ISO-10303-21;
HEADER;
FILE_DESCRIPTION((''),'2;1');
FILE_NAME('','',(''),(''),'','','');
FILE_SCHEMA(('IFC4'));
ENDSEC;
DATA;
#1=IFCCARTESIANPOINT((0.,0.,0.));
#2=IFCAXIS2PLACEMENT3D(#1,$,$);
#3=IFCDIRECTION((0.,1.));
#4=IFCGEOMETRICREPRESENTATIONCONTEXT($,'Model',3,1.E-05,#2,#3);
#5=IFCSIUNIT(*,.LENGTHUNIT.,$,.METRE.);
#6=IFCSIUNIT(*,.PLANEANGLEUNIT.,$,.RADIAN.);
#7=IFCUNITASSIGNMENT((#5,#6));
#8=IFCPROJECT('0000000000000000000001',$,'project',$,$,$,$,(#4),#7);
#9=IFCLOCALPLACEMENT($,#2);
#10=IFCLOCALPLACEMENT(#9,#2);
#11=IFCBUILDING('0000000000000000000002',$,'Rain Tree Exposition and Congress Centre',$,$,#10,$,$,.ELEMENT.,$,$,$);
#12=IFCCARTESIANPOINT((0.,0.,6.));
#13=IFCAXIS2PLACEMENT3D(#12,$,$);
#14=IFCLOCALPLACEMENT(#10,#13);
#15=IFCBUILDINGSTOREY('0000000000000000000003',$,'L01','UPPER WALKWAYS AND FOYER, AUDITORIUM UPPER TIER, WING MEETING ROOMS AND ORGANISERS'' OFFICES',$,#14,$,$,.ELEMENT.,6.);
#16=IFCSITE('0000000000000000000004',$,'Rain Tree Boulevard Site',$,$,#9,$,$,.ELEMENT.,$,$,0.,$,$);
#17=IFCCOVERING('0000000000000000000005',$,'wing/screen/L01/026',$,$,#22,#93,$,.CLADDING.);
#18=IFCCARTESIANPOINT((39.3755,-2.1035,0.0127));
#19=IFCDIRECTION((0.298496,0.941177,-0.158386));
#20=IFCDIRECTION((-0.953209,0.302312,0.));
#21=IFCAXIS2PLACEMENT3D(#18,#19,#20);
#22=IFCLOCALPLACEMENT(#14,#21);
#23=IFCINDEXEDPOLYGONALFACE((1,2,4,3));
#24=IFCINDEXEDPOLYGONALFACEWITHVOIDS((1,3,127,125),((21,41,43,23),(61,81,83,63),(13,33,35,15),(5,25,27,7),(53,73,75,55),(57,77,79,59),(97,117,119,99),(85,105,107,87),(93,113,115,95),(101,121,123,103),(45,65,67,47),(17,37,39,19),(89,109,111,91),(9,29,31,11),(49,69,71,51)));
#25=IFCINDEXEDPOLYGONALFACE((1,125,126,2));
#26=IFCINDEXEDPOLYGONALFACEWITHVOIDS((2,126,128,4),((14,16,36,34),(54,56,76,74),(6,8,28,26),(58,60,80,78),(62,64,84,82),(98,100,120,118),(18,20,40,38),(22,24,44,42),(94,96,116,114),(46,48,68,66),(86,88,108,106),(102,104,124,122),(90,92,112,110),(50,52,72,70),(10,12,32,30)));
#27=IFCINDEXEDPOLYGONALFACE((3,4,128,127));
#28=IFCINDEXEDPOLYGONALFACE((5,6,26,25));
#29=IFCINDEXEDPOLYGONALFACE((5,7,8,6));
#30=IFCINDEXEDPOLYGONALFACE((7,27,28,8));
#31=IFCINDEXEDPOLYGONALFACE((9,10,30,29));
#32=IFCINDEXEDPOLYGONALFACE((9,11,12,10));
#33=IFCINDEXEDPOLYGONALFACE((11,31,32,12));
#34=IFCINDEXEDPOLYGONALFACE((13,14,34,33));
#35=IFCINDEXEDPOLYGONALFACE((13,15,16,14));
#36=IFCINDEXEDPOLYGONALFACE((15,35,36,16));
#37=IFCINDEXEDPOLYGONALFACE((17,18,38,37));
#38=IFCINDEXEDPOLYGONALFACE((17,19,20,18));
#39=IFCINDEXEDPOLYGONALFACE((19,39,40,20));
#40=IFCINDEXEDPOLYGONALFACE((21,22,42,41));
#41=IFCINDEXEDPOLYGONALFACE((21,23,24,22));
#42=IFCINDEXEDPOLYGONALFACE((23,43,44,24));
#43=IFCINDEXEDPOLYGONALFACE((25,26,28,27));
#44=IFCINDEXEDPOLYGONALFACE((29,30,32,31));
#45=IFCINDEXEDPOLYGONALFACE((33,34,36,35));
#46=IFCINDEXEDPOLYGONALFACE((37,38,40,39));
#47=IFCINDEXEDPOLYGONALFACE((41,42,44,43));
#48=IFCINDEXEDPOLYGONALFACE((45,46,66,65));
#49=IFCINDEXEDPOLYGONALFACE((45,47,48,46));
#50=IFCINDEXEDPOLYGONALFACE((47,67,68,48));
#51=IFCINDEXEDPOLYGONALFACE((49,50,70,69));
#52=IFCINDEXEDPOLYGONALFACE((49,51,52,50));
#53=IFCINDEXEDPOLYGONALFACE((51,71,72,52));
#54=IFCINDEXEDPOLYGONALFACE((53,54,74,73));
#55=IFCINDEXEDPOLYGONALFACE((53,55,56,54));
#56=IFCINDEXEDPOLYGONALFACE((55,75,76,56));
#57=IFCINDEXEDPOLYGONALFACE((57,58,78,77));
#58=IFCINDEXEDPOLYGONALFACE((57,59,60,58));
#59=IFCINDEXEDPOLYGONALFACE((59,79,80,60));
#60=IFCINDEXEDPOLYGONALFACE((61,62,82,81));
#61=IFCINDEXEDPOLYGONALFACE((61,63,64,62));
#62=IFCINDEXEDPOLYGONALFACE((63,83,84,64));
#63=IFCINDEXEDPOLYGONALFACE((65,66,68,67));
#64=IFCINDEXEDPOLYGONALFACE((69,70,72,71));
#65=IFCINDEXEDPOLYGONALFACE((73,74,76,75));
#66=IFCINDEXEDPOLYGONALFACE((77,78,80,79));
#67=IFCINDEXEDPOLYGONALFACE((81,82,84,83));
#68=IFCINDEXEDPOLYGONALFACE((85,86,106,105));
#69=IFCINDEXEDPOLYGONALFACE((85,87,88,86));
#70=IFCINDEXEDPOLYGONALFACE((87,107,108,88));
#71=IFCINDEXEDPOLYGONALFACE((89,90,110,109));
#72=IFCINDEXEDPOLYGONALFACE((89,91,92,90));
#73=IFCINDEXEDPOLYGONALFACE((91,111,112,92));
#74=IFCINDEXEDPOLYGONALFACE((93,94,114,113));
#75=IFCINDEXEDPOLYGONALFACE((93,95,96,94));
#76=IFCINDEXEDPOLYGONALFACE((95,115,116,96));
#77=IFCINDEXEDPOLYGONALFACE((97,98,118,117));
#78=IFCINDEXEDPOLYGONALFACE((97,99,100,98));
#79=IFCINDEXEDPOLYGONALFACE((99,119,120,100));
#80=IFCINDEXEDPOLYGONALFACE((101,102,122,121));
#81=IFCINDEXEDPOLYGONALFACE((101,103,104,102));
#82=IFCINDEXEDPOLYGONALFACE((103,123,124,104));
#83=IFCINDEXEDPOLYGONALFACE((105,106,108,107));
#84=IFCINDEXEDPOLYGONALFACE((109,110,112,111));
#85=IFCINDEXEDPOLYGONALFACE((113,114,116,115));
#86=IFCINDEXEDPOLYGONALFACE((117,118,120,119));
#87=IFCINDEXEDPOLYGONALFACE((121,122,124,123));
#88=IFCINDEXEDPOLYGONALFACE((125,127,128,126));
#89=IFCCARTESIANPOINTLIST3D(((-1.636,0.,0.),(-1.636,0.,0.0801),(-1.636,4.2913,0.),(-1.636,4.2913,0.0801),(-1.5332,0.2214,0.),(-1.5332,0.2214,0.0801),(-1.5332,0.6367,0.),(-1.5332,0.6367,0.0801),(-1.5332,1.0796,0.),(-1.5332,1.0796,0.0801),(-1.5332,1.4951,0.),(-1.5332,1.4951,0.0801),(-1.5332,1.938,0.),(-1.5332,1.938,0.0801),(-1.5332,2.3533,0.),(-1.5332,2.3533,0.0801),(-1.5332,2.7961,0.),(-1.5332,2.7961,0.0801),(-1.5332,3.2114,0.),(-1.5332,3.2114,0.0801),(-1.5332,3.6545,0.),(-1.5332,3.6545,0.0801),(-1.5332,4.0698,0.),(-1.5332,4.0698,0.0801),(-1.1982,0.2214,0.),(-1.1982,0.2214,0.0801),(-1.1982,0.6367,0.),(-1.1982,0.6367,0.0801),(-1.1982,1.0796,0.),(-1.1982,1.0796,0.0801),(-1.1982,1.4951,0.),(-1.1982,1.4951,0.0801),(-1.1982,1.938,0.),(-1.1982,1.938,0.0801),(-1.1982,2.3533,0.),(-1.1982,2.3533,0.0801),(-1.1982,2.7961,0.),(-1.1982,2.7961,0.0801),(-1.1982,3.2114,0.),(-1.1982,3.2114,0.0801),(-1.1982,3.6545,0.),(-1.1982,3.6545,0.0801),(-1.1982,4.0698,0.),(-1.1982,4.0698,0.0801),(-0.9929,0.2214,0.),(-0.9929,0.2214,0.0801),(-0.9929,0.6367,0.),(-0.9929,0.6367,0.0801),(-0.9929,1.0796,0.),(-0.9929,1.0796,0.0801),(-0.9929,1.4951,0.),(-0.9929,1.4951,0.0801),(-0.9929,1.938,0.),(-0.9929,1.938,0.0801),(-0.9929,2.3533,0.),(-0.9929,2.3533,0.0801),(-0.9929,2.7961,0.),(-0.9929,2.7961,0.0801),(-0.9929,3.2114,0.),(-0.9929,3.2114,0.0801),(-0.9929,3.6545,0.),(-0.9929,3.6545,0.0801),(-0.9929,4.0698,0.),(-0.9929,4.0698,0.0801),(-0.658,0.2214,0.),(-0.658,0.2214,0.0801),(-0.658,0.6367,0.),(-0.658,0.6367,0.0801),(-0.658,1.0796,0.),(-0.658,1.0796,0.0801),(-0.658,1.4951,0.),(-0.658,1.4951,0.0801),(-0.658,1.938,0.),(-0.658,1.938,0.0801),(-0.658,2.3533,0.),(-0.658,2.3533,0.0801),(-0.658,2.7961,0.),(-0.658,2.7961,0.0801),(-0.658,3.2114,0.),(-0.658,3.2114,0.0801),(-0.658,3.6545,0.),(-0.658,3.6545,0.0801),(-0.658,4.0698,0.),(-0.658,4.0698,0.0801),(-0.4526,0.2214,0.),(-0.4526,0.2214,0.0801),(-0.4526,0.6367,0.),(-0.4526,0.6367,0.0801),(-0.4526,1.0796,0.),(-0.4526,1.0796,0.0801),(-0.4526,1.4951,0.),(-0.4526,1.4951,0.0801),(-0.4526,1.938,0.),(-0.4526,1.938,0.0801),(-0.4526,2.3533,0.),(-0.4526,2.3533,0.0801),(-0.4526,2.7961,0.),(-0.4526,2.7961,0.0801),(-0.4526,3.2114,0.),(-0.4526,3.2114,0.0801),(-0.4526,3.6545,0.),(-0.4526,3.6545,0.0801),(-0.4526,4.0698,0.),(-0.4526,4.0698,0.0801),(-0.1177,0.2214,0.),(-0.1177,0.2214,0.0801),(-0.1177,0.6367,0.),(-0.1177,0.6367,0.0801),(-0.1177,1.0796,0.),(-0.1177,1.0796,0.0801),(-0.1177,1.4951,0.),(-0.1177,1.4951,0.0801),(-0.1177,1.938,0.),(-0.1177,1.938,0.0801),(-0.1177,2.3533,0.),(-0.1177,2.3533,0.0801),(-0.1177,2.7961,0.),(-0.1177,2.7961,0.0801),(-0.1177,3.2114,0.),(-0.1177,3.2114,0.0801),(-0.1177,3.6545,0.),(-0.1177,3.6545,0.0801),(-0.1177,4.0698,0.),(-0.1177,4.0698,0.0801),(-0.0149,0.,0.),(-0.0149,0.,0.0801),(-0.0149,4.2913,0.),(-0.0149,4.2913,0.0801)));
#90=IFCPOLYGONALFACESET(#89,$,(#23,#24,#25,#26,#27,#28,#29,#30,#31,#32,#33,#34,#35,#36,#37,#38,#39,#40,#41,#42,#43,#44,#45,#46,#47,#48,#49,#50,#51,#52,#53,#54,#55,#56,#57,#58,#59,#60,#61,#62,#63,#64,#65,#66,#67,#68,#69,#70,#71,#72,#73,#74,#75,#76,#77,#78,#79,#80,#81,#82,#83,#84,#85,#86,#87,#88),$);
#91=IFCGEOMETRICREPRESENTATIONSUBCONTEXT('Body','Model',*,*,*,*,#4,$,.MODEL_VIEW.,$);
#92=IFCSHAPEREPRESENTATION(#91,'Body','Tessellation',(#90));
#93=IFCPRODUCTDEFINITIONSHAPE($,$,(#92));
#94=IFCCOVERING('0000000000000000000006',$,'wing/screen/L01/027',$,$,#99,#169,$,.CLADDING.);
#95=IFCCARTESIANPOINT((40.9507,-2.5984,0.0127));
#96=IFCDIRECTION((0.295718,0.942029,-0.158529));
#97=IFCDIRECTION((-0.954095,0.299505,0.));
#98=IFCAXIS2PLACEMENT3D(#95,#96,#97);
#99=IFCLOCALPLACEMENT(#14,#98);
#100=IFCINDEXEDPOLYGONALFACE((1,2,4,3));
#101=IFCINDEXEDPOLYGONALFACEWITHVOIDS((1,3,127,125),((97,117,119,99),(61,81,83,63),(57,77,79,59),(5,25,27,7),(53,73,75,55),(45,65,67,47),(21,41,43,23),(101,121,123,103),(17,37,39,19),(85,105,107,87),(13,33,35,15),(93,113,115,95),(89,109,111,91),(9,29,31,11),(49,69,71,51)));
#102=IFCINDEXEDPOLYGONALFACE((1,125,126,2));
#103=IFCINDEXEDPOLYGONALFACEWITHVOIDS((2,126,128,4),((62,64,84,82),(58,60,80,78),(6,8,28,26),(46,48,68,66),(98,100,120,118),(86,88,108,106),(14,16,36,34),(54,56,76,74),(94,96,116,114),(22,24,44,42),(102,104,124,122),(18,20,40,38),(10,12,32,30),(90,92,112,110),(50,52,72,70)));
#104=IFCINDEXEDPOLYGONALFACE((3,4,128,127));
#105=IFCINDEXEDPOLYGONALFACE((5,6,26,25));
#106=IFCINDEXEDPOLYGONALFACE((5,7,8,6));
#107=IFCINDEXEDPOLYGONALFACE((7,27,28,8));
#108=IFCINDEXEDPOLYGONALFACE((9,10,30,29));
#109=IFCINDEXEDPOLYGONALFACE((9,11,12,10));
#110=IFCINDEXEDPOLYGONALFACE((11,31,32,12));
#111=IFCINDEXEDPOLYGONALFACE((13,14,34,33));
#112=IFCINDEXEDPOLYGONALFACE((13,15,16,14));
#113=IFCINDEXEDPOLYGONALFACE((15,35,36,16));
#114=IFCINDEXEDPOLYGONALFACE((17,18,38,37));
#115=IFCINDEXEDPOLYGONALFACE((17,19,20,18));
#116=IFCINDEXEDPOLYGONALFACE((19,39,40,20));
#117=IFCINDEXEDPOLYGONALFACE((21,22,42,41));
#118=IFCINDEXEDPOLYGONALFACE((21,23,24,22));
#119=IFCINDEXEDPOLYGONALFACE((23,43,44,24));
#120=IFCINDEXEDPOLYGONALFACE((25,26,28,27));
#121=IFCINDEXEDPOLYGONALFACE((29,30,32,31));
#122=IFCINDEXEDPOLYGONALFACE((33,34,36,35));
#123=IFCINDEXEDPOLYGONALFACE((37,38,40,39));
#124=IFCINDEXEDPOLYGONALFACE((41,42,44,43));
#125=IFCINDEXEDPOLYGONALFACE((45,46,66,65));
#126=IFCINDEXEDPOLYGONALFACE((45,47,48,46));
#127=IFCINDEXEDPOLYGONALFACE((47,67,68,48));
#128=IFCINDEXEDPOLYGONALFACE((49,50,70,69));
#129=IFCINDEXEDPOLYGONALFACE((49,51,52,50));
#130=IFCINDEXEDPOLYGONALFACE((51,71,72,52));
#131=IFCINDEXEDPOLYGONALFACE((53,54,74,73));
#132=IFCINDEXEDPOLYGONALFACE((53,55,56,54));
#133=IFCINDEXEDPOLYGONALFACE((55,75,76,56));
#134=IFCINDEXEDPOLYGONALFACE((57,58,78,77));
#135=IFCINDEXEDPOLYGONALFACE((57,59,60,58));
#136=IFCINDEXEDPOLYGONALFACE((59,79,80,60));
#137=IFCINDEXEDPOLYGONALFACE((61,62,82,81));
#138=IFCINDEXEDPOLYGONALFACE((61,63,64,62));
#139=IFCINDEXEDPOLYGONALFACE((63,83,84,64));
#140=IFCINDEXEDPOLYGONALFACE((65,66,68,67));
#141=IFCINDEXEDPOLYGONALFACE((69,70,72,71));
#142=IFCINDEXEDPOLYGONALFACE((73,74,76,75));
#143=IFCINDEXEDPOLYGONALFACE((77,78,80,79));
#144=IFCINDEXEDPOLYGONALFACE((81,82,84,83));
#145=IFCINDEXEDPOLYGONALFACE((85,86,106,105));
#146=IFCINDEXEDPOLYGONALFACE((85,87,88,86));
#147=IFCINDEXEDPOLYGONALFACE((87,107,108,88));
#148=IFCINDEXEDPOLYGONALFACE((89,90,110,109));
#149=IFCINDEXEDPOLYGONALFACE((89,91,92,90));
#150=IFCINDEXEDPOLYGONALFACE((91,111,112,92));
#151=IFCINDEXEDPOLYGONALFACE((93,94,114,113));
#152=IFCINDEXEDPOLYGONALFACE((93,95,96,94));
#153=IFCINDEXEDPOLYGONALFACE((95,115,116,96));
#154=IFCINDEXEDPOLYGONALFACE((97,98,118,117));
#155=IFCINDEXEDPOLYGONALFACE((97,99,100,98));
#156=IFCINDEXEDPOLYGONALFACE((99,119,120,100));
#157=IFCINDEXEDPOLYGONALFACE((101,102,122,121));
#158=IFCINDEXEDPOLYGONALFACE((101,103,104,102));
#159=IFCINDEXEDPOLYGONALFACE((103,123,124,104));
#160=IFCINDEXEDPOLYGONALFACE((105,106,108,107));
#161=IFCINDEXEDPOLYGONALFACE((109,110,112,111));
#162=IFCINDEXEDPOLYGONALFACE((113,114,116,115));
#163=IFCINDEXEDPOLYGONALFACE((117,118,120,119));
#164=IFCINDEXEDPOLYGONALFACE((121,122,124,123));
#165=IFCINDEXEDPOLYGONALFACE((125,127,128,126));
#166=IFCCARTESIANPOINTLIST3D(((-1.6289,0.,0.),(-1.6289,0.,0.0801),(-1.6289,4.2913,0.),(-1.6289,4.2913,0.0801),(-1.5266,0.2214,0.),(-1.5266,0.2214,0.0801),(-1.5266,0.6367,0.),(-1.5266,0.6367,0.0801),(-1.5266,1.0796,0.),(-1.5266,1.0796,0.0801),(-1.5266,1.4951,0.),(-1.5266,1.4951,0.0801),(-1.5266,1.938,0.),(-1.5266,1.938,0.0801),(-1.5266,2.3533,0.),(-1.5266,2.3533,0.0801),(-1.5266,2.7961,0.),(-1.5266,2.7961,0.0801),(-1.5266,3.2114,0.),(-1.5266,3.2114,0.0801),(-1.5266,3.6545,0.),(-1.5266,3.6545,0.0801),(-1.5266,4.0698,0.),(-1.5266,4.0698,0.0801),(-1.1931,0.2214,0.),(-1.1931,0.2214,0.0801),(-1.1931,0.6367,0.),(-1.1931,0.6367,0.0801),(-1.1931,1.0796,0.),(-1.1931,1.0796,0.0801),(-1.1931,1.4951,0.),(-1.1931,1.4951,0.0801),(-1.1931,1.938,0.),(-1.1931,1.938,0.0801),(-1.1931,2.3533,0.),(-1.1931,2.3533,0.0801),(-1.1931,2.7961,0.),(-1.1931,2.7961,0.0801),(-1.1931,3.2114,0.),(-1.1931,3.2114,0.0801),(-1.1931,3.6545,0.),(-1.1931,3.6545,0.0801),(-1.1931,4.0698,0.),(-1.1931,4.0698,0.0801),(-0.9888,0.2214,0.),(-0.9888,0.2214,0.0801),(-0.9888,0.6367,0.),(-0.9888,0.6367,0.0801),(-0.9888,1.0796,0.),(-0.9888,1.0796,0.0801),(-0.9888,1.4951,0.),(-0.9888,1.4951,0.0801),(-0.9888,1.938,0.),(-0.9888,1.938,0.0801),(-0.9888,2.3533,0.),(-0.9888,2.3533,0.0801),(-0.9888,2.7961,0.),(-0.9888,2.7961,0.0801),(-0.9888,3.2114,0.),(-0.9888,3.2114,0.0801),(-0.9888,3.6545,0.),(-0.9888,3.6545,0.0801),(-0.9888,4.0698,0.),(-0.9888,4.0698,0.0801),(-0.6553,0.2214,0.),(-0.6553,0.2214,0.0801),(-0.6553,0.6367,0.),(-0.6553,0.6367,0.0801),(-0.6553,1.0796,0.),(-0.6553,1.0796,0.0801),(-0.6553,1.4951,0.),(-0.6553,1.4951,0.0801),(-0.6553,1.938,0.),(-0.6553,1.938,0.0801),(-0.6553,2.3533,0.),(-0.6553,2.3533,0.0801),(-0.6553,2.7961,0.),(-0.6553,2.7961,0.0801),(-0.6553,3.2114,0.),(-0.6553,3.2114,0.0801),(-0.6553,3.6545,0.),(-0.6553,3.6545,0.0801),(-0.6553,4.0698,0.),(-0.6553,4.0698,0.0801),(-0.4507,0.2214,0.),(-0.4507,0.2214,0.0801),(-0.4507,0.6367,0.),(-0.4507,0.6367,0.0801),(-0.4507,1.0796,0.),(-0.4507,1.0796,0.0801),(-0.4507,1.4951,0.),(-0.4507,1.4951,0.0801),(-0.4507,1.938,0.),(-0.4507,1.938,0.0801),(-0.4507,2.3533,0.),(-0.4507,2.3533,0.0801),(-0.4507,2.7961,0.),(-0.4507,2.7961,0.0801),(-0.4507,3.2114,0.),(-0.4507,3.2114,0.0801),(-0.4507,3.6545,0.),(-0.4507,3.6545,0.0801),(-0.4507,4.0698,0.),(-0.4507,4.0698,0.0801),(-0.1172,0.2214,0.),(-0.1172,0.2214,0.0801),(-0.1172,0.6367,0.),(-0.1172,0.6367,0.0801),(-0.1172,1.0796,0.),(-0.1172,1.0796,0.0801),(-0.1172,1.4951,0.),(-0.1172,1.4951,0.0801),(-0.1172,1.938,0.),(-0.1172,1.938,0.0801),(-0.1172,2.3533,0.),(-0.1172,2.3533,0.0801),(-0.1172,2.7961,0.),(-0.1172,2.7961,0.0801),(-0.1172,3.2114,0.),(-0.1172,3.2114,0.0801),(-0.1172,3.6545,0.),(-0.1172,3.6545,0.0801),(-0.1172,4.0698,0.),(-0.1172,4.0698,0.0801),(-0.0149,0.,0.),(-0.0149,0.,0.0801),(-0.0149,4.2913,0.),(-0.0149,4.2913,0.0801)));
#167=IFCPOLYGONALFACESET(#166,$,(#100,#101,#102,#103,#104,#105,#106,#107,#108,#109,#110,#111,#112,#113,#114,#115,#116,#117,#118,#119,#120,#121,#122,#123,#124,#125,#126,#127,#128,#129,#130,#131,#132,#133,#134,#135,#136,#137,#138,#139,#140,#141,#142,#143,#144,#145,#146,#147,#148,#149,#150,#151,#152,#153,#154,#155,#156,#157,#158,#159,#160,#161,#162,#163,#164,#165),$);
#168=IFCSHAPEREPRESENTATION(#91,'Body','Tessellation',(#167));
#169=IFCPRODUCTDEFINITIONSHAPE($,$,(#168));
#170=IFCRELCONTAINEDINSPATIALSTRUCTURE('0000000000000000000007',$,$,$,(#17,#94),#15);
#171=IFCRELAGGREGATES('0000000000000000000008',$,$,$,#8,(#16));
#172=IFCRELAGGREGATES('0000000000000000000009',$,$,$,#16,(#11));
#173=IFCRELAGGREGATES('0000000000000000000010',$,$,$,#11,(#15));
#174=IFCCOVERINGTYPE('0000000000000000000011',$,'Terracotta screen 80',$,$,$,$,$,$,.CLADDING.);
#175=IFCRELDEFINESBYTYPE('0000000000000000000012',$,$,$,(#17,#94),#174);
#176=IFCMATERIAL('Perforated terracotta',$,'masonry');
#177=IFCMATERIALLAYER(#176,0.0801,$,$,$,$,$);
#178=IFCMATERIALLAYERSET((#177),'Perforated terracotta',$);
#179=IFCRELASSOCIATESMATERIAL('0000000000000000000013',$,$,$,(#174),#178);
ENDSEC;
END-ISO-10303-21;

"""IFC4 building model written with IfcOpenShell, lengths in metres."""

from ifc_helpers import new_model, si_unit, direction, frame, origin, place, context, subcontext, project, spatial, polyline, outline, extrude, material, layer, layer_set, type_object, element, save


model = new_model("IFC4")

# Units and contexts
model_context = context("Model", 3, precision=1e-05, world=origin(), true_north=direction((0.0, 1.0)))
body_context = subcontext(model_context, "Body", "Model", "MODEL_VIEW")
ifc_project = project(units=[si_unit("LENGTHUNIT", "METRE"), si_unit("PLANEANGLEUNIT", "RADIAN")], contexts=[model_context])

# Site, building, storey
site_placement = place(None, origin())
site = spatial("IfcSite", under=ifc_project, at=site_placement, Name="Rain Tree Boulevard Site", CompositionType="ELEMENT", RefElevation=0.0)
building_placement = place(site_placement, origin())
building = spatial("IfcBuilding", under=site, at=building_placement, Name="Rain Tree Exposition and Congress Centre", CompositionType="ELEMENT")
storey_placement = place(building_placement, frame((0.0, 0.0, 6.0)))
storey = spatial("IfcBuildingStorey", under=building, at=storey_placement, Name="L01", Description="UPPER WALKWAYS AND FOYER, AUDITORIUM UPPER TIER, WING MEETING ROOMS AND ORGANISERS' OFFICES", CompositionType="ELEMENT", Elevation=6.0)

# Coverings
ifc_material_1 = material(Name="Perforated terracotta", Category="masonry")
ifc_layer_1 = layer(ifc_material_1, 0.0801)
ifc_layer_set_1 = layer_set([ifc_layer_1], Name="Perforated terracotta")
covering_type = type_object("IfcCoveringType", Name="Terracotta screen 80", PredefinedType="CLADDING", material=ifc_layer_set_1)
covering_1_placement = place(storey_placement, frame((39.3755, -2.1035, 0.0127), z_axis=(0.298496, 0.941177, -0.158386), x_axis=(-0.953209, 0.302312, 0.0)))
element("IfcCovering", 1, at=covering_1_placement, inside=storey, type_object=covering_type, Name="wing/screen/L01/026", PredefinedType="CLADDING", context=body_context, shape_type="SweptSolid", body=[
    extrude(outline(polyline([(-1.636, 0.0), (-1.636, 4.2913), (-0.0149, 4.2913), (-0.0149, 0.0), (-1.636, 0.0)]), holes=[polyline([(-0.1177, 0.2214), (-0.1177, 0.6367), (-0.4526, 0.6367), (-0.4526, 0.2214), (-0.1177, 0.2214)]), polyline([(-0.1177, 1.0796), (-0.1177, 1.4951), (-0.4526, 1.4951), (-0.4526, 1.0796), (-0.1177, 1.0796)]), polyline([(-0.1177, 1.938), (-0.1177, 2.3533), (-0.4526, 2.3533), (-0.4526, 1.938), (-0.1177, 1.938)]), polyline([(-0.1177, 2.7961), (-0.1177, 3.2114), (-0.4526, 3.2114), (-0.4526, 2.7961), (-0.1177, 2.7961)]), polyline([(-0.1177, 3.6545), (-0.1177, 4.0698), (-0.4526, 4.0698), (-0.4526, 3.6545), (-0.1177, 3.6545)]), polyline([(-0.658, 0.2214), (-0.658, 0.6367), (-0.9929, 0.6367), (-0.9929, 0.2214), (-0.658, 0.2214)]), polyline([(-0.658, 1.0796), (-0.658, 1.4951), (-0.9929, 1.4951), (-0.9929, 1.0796), (-0.658, 1.0796)]), polyline([(-0.658, 1.938), (-0.658, 2.3533), (-0.9929, 2.3533), (-0.9929, 1.938), (-0.658, 1.938)]), polyline([(-0.658, 2.7961), (-0.658, 3.2114), (-0.9929, 3.2114), (-0.9929, 2.7961), (-0.658, 2.7961)]), polyline([(-0.658, 3.6545), (-0.658, 4.0698), (-0.9929, 4.0698), (-0.9929, 3.6545), (-0.658, 3.6545)]), polyline([(-1.1982, 0.2214), (-1.1982, 0.6367), (-1.5332, 0.6367), (-1.5332, 0.2214), (-1.1982, 0.2214)]), polyline([(-1.1982, 1.0796), (-1.1982, 1.4951), (-1.5332, 1.4951), (-1.5332, 1.0796), (-1.1982, 1.0796)]), polyline([(-1.1982, 1.938), (-1.1982, 2.3533), (-1.5332, 2.3533), (-1.5332, 1.938), (-1.1982, 1.938)]), polyline([(-1.1982, 2.7961), (-1.1982, 3.2114), (-1.5332, 3.2114), (-1.5332, 2.7961), (-1.1982, 2.7961)]), polyline([(-1.1982, 3.6545), (-1.1982, 4.0698), (-1.5332, 4.0698), (-1.5332, 3.6545), (-1.1982, 3.6545)])]), origin(), (0.0, 0.0, 1.0), 0.0801),
])
covering_2_placement = place(storey_placement, frame((40.9507, -2.5984, 0.0127), z_axis=(0.295718, 0.942029, -0.158529), x_axis=(-0.954095, 0.299505, 0.0)))
element("IfcCovering", 2, at=covering_2_placement, inside=storey, type_object=covering_type, Name="wing/screen/L01/027", PredefinedType="CLADDING", context=body_context, shape_type="SweptSolid", body=[
    extrude(outline(polyline([(-1.6289, 0.0), (-1.6289, 4.2913), (-0.0149, 4.2913), (-0.0149, 0.0), (-1.6289, 0.0)]), holes=[polyline([(-0.1172, 0.2214), (-0.1172, 0.6367), (-0.4507, 0.6367), (-0.4507, 0.2214), (-0.1172, 0.2214)]), polyline([(-0.1172, 1.0796), (-0.1172, 1.4951), (-0.4507, 1.4951), (-0.4507, 1.0796), (-0.1172, 1.0796)]), polyline([(-0.1172, 1.938), (-0.1172, 2.3533), (-0.4507, 2.3533), (-0.4507, 1.938), (-0.1172, 1.938)]), polyline([(-0.1172, 2.7961), (-0.1172, 3.2114), (-0.4507, 3.2114), (-0.4507, 2.7961), (-0.1172, 2.7961)]), polyline([(-0.1172, 3.6545), (-0.1172, 4.0698), (-0.4507, 4.0698), (-0.4507, 3.6545), (-0.1172, 3.6545)]), polyline([(-0.6553, 0.2214), (-0.6553, 0.6367), (-0.9888, 0.6367), (-0.9888, 0.2214), (-0.6553, 0.2214)]), polyline([(-0.6553, 1.0796), (-0.6553, 1.4951), (-0.9888, 1.4951), (-0.9888, 1.0796), (-0.6553, 1.0796)]), polyline([(-0.6553, 1.938), (-0.6553, 2.3533), (-0.9888, 2.3533), (-0.9888, 1.938), (-0.6553, 1.938)]), polyline([(-0.6553, 2.7961), (-0.6553, 3.2114), (-0.9888, 3.2114), (-0.9888, 2.7961), (-0.6553, 2.7961)]), polyline([(-0.6553, 3.6545), (-0.6553, 4.0698), (-0.9888, 4.0698), (-0.9888, 3.6545), (-0.6553, 3.6545)]), polyline([(-1.1931, 0.2214), (-1.1931, 0.6367), (-1.5266, 0.6367), (-1.5266, 0.2214), (-1.1931, 0.2214)]), polyline([(-1.1931, 1.0796), (-1.1931, 1.4951), (-1.5266, 1.4951), (-1.5266, 1.0796), (-1.1931, 1.0796)]), polyline([(-1.1931, 1.938), (-1.1931, 2.3533), (-1.5266, 2.3533), (-1.5266, 1.938), (-1.1931, 1.938)]), polyline([(-1.1931, 2.7961), (-1.1931, 3.2114), (-1.5266, 3.2114), (-1.5266, 2.7961), (-1.1931, 2.7961)]), polyline([(-1.1931, 3.6545), (-1.1931, 4.0698), (-1.5266, 4.0698), (-1.5266, 3.6545), (-1.1931, 3.6545)])]), origin(), (0.0, 0.0, 1.0), 0.0801),
])

save(model, "model.ifc")
